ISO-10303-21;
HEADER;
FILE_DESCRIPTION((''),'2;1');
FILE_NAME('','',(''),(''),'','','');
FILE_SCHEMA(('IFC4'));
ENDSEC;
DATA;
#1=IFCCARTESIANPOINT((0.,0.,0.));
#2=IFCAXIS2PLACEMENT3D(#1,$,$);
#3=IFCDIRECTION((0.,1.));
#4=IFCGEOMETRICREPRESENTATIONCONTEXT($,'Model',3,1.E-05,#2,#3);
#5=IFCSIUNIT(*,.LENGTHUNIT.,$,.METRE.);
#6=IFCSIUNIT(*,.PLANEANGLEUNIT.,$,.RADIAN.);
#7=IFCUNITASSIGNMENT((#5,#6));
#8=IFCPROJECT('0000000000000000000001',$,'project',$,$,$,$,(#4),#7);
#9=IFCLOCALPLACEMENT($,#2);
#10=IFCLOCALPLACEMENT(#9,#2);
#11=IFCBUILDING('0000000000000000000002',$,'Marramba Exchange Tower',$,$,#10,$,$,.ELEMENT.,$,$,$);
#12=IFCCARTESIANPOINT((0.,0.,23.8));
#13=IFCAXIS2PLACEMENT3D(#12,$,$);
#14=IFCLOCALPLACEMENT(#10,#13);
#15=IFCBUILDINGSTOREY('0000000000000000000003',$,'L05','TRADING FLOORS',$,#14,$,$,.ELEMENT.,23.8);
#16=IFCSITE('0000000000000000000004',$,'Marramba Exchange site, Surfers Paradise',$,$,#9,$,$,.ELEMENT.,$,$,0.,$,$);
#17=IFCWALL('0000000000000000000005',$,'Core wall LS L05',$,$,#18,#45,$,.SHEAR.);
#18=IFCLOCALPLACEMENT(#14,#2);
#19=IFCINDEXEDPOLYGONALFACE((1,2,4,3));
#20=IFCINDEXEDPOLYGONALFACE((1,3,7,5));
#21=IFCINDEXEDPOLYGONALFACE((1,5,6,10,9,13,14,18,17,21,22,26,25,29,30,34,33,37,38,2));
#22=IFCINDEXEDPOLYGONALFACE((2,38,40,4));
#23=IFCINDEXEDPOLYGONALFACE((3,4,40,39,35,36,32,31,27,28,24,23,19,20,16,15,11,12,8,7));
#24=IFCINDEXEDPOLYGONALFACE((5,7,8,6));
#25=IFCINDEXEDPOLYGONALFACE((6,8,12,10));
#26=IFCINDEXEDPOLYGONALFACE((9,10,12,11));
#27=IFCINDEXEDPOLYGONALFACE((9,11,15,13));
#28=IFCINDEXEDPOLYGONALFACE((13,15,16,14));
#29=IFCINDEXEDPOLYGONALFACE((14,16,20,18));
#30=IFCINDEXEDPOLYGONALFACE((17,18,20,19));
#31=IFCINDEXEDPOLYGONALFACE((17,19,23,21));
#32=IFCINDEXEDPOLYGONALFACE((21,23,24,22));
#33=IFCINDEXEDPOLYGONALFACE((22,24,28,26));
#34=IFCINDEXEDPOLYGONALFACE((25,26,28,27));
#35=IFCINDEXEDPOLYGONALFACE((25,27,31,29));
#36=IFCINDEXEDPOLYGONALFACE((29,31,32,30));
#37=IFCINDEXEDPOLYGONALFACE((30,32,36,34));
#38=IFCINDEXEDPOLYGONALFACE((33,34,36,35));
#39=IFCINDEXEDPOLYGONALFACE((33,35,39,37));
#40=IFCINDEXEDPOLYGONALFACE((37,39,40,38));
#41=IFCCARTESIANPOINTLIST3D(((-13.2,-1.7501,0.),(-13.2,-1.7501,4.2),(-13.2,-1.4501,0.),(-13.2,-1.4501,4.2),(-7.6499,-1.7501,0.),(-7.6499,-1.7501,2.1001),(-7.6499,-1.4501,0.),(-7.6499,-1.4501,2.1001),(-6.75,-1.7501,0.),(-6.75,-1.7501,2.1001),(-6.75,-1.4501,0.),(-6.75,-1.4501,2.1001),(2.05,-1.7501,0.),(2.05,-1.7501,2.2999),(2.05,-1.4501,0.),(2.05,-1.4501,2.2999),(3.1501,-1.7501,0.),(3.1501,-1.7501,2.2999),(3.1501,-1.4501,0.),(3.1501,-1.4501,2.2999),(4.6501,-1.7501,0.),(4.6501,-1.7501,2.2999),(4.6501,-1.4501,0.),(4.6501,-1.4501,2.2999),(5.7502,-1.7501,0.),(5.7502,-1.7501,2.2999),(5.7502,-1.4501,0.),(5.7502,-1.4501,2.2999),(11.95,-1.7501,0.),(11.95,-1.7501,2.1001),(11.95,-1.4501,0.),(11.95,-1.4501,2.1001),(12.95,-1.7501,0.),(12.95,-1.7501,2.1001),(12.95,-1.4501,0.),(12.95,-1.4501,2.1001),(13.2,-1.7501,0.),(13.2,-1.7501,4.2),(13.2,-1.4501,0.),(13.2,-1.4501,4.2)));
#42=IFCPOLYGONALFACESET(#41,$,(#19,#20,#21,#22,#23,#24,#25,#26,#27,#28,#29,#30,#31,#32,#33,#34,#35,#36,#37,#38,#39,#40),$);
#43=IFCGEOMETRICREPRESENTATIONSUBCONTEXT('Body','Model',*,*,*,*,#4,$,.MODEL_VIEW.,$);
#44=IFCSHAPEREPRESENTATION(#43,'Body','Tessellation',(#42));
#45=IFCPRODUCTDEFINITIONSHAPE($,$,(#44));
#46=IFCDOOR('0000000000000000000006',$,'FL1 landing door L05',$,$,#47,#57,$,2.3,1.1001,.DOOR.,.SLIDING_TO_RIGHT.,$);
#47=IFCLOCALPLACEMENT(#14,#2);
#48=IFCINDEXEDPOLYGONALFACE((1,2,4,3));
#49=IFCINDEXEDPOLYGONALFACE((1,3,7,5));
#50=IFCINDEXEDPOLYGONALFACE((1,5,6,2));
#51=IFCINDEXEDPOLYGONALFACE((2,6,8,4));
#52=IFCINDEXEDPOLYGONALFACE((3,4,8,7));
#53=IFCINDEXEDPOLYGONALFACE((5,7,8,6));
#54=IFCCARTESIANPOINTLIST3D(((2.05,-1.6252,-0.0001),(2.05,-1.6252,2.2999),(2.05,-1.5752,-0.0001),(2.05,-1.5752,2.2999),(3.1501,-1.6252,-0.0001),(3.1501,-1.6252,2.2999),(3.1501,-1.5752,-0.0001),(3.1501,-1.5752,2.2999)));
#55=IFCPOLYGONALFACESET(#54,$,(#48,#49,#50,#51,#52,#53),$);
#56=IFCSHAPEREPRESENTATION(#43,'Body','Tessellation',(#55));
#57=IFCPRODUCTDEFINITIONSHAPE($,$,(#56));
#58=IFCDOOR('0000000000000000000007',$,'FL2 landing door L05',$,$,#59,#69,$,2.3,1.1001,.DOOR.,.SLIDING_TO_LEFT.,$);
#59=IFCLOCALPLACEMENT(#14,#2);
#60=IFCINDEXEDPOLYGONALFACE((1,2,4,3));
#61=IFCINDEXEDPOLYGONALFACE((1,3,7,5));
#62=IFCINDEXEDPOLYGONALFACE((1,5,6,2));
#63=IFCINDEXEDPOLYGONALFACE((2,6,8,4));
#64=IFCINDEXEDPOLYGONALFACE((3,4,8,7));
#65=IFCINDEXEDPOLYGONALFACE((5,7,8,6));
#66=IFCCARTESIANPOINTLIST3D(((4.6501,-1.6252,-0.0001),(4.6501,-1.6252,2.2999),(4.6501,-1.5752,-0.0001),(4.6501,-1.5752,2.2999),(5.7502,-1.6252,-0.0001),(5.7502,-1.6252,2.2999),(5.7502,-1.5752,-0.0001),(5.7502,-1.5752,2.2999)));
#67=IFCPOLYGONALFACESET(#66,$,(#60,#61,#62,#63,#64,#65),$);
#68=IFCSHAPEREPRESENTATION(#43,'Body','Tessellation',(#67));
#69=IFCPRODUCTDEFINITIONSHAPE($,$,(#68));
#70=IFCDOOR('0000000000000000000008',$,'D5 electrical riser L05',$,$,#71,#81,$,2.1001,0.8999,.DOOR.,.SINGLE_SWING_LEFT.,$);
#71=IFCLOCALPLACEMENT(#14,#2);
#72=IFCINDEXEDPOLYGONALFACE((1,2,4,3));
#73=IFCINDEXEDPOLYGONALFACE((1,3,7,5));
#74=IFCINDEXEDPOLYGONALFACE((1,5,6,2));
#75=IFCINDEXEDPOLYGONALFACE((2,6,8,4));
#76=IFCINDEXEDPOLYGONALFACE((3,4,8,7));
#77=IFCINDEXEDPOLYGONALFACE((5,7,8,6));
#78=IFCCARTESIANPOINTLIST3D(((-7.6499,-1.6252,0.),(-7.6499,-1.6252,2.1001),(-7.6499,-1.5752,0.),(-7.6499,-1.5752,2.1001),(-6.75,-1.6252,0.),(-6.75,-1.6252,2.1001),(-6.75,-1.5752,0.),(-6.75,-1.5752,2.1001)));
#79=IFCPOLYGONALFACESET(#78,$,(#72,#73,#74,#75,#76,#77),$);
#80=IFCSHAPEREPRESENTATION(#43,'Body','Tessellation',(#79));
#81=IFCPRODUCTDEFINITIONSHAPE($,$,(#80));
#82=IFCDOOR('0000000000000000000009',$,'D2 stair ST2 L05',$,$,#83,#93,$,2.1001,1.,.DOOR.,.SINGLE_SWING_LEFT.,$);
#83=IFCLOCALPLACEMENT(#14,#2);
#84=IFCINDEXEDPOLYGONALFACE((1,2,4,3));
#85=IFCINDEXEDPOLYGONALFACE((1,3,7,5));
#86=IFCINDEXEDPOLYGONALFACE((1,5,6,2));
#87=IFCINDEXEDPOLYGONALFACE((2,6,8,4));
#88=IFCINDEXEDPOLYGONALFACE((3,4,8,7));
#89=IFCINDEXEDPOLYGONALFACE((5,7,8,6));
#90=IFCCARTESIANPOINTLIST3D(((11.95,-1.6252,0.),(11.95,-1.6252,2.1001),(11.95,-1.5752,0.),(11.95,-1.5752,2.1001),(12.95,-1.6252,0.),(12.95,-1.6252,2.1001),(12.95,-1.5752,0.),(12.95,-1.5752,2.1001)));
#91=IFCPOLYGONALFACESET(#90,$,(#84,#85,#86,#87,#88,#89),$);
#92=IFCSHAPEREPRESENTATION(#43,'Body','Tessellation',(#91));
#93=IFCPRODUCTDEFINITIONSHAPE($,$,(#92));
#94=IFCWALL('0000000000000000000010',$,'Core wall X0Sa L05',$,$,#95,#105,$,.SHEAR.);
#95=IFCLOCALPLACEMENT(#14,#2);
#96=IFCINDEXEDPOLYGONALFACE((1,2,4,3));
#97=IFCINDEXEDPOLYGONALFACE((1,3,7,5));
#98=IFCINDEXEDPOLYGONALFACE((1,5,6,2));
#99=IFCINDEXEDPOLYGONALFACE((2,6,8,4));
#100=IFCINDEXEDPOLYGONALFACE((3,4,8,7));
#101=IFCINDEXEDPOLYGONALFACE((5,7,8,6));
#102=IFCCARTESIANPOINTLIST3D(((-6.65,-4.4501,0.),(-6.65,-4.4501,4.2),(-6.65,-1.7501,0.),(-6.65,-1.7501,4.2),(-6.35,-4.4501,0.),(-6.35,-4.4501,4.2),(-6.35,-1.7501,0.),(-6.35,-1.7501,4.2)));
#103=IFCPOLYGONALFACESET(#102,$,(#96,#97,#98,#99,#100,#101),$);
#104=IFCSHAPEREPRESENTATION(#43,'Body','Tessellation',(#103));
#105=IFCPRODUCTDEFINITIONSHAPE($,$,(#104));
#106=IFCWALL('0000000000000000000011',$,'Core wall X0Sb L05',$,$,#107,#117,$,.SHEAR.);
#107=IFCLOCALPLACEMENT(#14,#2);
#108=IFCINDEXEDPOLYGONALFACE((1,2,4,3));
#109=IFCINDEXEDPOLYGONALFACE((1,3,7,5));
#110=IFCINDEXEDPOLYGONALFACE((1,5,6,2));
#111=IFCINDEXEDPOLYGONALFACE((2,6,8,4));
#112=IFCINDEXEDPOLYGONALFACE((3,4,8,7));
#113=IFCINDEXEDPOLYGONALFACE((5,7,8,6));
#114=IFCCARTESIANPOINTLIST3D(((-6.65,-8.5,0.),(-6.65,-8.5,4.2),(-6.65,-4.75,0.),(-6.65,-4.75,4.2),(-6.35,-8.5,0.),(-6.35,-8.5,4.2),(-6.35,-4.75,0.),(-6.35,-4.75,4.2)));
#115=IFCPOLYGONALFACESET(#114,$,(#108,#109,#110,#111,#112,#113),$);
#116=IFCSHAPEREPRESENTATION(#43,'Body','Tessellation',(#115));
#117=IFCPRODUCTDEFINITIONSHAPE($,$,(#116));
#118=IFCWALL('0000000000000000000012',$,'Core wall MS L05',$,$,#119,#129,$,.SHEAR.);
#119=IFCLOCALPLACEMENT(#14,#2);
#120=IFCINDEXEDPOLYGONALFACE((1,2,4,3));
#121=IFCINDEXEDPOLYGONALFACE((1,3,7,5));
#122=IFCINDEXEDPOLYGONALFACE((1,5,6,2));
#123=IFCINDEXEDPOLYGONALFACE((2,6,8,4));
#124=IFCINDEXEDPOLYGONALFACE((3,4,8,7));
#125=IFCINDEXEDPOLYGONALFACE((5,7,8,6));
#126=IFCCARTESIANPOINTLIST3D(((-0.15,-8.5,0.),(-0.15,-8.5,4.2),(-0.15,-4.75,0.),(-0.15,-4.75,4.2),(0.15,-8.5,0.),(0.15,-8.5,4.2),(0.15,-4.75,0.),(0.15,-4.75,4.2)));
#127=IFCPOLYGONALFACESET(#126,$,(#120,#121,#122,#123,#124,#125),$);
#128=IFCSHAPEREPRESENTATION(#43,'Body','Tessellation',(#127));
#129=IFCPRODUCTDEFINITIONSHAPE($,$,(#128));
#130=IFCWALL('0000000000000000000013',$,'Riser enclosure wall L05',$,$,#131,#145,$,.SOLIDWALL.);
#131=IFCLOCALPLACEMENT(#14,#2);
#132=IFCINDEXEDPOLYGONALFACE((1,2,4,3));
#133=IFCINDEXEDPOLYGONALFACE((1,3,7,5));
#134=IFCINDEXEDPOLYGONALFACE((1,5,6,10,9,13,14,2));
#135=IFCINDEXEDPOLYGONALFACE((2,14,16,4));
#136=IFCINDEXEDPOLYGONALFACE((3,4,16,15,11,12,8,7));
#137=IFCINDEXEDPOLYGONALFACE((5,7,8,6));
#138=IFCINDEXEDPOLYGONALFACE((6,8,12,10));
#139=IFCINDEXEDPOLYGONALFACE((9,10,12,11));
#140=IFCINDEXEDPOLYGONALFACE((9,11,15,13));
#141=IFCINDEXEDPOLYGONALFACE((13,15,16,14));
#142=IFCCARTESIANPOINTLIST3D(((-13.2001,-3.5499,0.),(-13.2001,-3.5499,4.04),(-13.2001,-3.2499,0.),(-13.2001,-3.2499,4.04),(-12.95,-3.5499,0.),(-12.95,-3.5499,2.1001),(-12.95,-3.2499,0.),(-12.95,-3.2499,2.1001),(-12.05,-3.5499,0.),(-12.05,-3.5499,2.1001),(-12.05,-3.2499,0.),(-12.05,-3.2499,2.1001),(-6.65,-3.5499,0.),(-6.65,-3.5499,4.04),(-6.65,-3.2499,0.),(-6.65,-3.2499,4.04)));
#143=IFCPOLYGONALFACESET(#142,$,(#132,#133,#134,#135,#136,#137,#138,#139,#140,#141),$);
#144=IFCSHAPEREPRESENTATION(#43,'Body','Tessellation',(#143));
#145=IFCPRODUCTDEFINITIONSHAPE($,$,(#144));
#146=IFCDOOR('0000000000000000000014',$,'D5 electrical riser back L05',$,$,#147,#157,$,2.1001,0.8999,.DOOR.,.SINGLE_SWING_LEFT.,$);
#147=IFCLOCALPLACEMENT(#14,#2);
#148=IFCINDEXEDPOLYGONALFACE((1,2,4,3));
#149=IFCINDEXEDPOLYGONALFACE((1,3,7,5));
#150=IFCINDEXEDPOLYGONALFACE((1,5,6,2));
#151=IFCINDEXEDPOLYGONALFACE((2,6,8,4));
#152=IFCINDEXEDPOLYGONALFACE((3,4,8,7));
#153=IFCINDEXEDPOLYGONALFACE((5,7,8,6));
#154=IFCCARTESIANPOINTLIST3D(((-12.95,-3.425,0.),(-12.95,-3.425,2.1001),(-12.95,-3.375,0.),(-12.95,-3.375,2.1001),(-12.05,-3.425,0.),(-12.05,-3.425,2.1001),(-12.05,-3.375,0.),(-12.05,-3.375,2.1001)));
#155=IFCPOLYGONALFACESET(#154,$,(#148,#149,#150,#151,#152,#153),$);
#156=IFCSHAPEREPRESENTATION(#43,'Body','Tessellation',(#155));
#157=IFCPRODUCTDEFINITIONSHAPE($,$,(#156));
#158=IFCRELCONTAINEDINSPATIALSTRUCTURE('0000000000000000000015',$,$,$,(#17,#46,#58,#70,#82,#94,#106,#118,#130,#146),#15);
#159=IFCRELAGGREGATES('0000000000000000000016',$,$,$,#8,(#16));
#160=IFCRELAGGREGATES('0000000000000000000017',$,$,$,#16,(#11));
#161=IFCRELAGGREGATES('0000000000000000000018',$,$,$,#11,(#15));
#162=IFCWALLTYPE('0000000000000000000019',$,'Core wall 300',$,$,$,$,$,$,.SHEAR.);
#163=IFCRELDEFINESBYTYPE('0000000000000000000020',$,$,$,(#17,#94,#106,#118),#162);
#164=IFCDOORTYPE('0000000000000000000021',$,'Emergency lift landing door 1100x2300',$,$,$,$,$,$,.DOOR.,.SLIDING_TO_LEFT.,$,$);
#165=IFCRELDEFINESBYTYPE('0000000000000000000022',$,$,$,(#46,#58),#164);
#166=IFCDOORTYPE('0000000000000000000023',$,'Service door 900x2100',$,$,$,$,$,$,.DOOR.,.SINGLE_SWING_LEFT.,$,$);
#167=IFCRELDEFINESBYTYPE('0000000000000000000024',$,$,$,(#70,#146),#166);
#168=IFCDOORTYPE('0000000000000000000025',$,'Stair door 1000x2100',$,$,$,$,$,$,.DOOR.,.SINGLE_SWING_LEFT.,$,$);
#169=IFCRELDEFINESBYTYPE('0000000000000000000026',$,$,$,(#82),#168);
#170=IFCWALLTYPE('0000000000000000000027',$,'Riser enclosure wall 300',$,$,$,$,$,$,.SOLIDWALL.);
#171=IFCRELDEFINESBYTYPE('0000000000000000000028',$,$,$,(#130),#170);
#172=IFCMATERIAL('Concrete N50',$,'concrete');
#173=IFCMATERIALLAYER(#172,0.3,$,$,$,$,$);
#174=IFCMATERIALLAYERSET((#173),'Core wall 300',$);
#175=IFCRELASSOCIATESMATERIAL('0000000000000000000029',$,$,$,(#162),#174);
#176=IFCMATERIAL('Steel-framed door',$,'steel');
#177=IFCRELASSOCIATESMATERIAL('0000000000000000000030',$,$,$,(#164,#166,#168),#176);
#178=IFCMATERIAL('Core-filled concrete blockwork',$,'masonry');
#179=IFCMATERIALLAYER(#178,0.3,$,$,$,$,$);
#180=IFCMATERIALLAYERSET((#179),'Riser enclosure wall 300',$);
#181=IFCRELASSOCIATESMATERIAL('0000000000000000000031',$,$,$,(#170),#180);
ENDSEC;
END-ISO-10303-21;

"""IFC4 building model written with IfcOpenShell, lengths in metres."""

from ifc_helpers import new_model, si_unit, direction, frame, frame_2d, origin, place, context, subcontext, project, spatial, rectangle, extrude, material, layer, layer_set, type_object, element, fill, save


model = new_model("IFC4")

# Units and contexts
model_context = context("Model", 3, precision=1e-05, world=origin(), true_north=direction((0.0, 1.0)))
body_context = subcontext(model_context, "Body", "Model", "MODEL_VIEW")
ifc_project = project(units=[si_unit("LENGTHUNIT", "METRE"), si_unit("PLANEANGLEUNIT", "RADIAN")], contexts=[model_context])

# Site, building, storey
site_placement = place(None, origin())
site = spatial("IfcSite", under=ifc_project, at=site_placement, Name="Marramba Exchange site, Surfers Paradise", CompositionType="ELEMENT", RefElevation=0.0)
building_placement = place(site_placement, origin())
building = spatial("IfcBuilding", under=site, at=building_placement, Name="Marramba Exchange Tower", CompositionType="ELEMENT")
storey_placement = place(building_placement, frame((0.0, 0.0, 23.8)))
storey = spatial("IfcBuildingStorey", under=building, at=storey_placement, Name="L05", Description="TRADING FLOORS", CompositionType="ELEMENT", Elevation=23.8)

# Shared definitions
ifc_material_1 = material(Name="Concrete N50", Category="concrete")

# Wall, openings, doors
ifc_layer_1 = layer(ifc_material_1, 0.3)
ifc_layer_set_1 = layer_set([ifc_layer_1], Name="Core wall 300")
wall_type_1 = type_object("IfcWallType", Name="Core wall 300", PredefinedType="SHEAR", material=ifc_layer_set_1)
wall_1_placement = place(storey_placement, frame((-13.2, -1.6001, 0.0), z_axis=(0.0, 0.0, 1.0), x_axis=(1.0, 0.0, 0.0)))
wall_1 = element("IfcWall", 1, at=wall_1_placement, inside=storey, type_object=wall_type_1, Name="Core wall LS L05", PredefinedType="SHEAR", context=body_context, shape_type="SweptSolid", body=[
    extrude(rectangle(XDim=26.3999, YDim=0.3, at=frame_2d((13.2, 0.0))), origin(), (0.0, 0.0, 1.0), 4.2),
])
opening_1_placement = place(wall_1_placement, frame((25.1499, 0.0, 0.0)))
opening_1 = element("IfcOpeningElement", 2, at=opening_1_placement, cuts=wall_1, PredefinedType="OPENING", context=body_context, shape_type="SweptSolid", body=[
    extrude(rectangle(XDim=1.0, YDim=2.1001, at=frame_2d((0.5, 1.05))), frame((0.0, 0.1599, 0.0), z_axis=(0.0, -1.0, 0.0), x_axis=(1.0, 0.0, 0.0)), (0.0, 0.0, 1.0), 0.3201),
])
opening_2_placement = place(wall_1_placement, frame((15.25, 0.0, 0.0)))
opening_2 = element("IfcOpeningElement", 3, at=opening_2_placement, cuts=wall_1, PredefinedType="OPENING", context=body_context, shape_type="SweptSolid", body=[
    extrude(rectangle(XDim=1.1001, YDim=2.3, at=frame_2d((0.55, 1.1499))), frame((0.0, 0.1599, 0.0), z_axis=(0.0, -1.0, 0.0), x_axis=(1.0, 0.0, 0.0)), (0.0, 0.0, 1.0), 0.3201),
])
opening_3_placement = place(wall_1_placement, frame((17.8501, 0.0, 0.0)))
opening_3 = element("IfcOpeningElement", 4, at=opening_3_placement, cuts=wall_1, PredefinedType="OPENING", context=body_context, shape_type="SweptSolid", body=[
    extrude(rectangle(XDim=1.1001, YDim=2.3, at=frame_2d((0.55, 1.1499))), frame((0.0, 0.1599, 0.0), z_axis=(0.0, -1.0, 0.0), x_axis=(1.0, 0.0, 0.0)), (0.0, 0.0, 1.0), 0.3201),
])
opening_4_placement = place(wall_1_placement, frame((5.55, 0.0, 0.0)))
opening_4 = element("IfcOpeningElement", 5, at=opening_4_placement, cuts=wall_1, PredefinedType="OPENING", context=body_context, shape_type="SweptSolid", body=[
    extrude(rectangle(XDim=0.8999, YDim=2.1001, at=frame_2d((0.45, 1.05))), frame((0.0, 0.1599, 0.0), z_axis=(0.0, -1.0, 0.0), x_axis=(1.0, 0.0, 0.0)), (0.0, 0.0, 1.0), 0.3201),
])
ifc_material_2 = material(Name="Steel-framed door", Category="steel")
door_type_1 = type_object("IfcDoorType", Name="Emergency lift landing door 1100x2300", OperationType="SLIDING_TO_LEFT", PredefinedType="DOOR", material=ifc_material_2)
door_1_placement = place(opening_2_placement, frame((1.1001, 0.0, 0.0), z_axis=(0.0, 0.0, 1.0), x_axis=(-1.0, 0.0, 0.0)))
door_1 = element("IfcDoor", 6, at=door_1_placement, inside=storey, type_object=door_type_1, Name="FL1 landing door L05", OperationType="SLIDING_TO_RIGHT", OverallHeight=2.3, OverallWidth=1.1001, PredefinedType="DOOR", context=body_context, shape_type="SweptSolid", body=[
    extrude(rectangle(XDim=1.1001, YDim=2.3, at=frame_2d((0.55, 1.1499))), frame((0.0, 0.0251, 0.0), z_axis=(0.0, -1.0, 0.0), x_axis=(1.0, 0.0, 0.0)), (0.0, 0.0, 1.0), 0.05),
])
fill(opening_2, door_1)
door_2_placement = place(opening_3_placement, frame((1.1001, 0.0, 0.0), z_axis=(0.0, 0.0, 1.0), x_axis=(-1.0, 0.0, 0.0)))
door_2 = element("IfcDoor", 7, at=door_2_placement, inside=storey, type_object=door_type_1, Name="FL2 landing door L05", OperationType="SLIDING_TO_LEFT", OverallHeight=2.3, OverallWidth=1.1001, PredefinedType="DOOR", context=body_context, shape_type="SweptSolid", body=[
    extrude(rectangle(XDim=1.1001, YDim=2.3, at=frame_2d((0.55, 1.1499))), frame((0.0, 0.0251, 0.0), z_axis=(0.0, -1.0, 0.0), x_axis=(1.0, 0.0, 0.0)), (0.0, 0.0, 1.0), 0.05),
])
fill(opening_3, door_2)
door_type_2 = type_object("IfcDoorType", Name="Service door 900x2100", OperationType="SINGLE_SWING_LEFT", PredefinedType="DOOR", material=ifc_material_2)
door_3_placement = place(opening_4_placement, frame((0.8999, 0.0, 0.0), z_axis=(0.0, 0.0, 1.0), x_axis=(-1.0, 0.0, 0.0)))
door_3 = element("IfcDoor", 8, at=door_3_placement, inside=storey, type_object=door_type_2, Name="D5 electrical riser L05", OperationType="SINGLE_SWING_LEFT", OverallHeight=2.1001, OverallWidth=0.8999, PredefinedType="DOOR", context=body_context, shape_type="SweptSolid", body=[
    extrude(rectangle(XDim=0.8999, YDim=2.1001, at=frame_2d((0.45, 1.05))), frame((0.0, 0.0251, 0.0), z_axis=(0.0, -1.0, 0.0), x_axis=(1.0, 0.0, 0.0)), (0.0, 0.0, 1.0), 0.05),
])
fill(opening_4, door_3)
door_type_3 = type_object("IfcDoorType", Name="Stair door 1000x2100", OperationType="SINGLE_SWING_LEFT", PredefinedType="DOOR", material=ifc_material_2)
door_4_placement = place(opening_1_placement, frame((1.0, 0.0, 0.0), z_axis=(0.0, 0.0, 1.0), x_axis=(-1.0, 0.0, 0.0)))
door_4 = element("IfcDoor", 9, at=door_4_placement, inside=storey, type_object=door_type_3, Name="D2 stair ST2 L05", OperationType="SINGLE_SWING_LEFT", OverallHeight=2.1001, OverallWidth=1.0, PredefinedType="DOOR", context=body_context, shape_type="SweptSolid", body=[
    extrude(rectangle(XDim=1.0, YDim=2.1001, at=frame_2d((0.5, 1.05))), frame((0.0, 0.0251, 0.0), z_axis=(0.0, -1.0, 0.0), x_axis=(1.0, 0.0, 0.0)), (0.0, 0.0, 1.0), 0.05),
])
fill(opening_1, door_4)

# Walls
wall_2_placement = place(storey_placement, frame((-6.5, -1.75, 0.0), z_axis=(0.0, 0.0, 1.0), x_axis=(0.0, -1.0, 0.0)))
element("IfcWall", 10, at=wall_2_placement, inside=storey, type_object=wall_type_1, Name="Core wall X0Sa L05", PredefinedType="SHEAR", context=body_context, shape_type="SweptSolid", body=[
    extrude(rectangle(XDim=2.7, YDim=0.3, at=frame_2d((1.3501, 0.0))), origin(), (0.0, 0.0, 1.0), 4.2),
])
for number, where, z_axis, x_axis, name in (
    (11, (-6.5, -4.75, 0.0), (0.0, 0.0, 1.0), (0.0, -1.0, 0.0), "Core wall X0Sb L05"),
    (12, (0.0, -4.75, 0.0), (0.0, 0.0, 1.0), (0.0, -1.0, 0.0), "Core wall MS L05"),
):
    element("IfcWall", number, at=place(storey_placement, frame(where, z_axis=z_axis, x_axis=x_axis)), inside=storey, type_object=wall_type_1, Name=name, PredefinedType="SHEAR", context=body_context, shape_type="SweptSolid", body=[
        extrude(rectangle(XDim=3.75, YDim=0.3, at=frame_2d((1.875, 0.0))), origin(), (0.0, 0.0, 1.0), 4.2),
    ])

# Wall, opening, door
ifc_material_3 = material(Name="Core-filled concrete blockwork", Category="masonry")
ifc_layer_2 = layer(ifc_material_3, 0.3)
ifc_layer_set_2 = layer_set([ifc_layer_2], Name="Riser enclosure wall 300")
wall_type_2 = type_object("IfcWallType", Name="Riser enclosure wall 300", PredefinedType="SOLIDWALL", material=ifc_layer_set_2)
wall_3_placement = place(storey_placement, frame((-13.2, -3.3999, 0.0), z_axis=(0.0, 0.0, 1.0), x_axis=(1.0, 0.0, 0.0)))
wall_3 = element("IfcWall", 13, at=wall_3_placement, inside=storey, type_object=wall_type_2, Name="Riser enclosure wall L05", PredefinedType="SOLIDWALL", context=body_context, shape_type="SweptSolid", body=[
    extrude(rectangle(XDim=6.55, YDim=0.3, at=frame_2d((3.2749, 0.0))), origin(), (0.0, 0.0, 1.0), 4.04),
])
opening_5_placement = place(wall_3_placement, frame((0.25, 0.0, 0.0)))
opening_5 = element("IfcOpeningElement", 14, at=opening_5_placement, cuts=wall_3, PredefinedType="OPENING", context=body_context, shape_type="SweptSolid", body=[
    extrude(rectangle(XDim=0.8999, YDim=2.1001, at=frame_2d((0.45, 1.05))), frame((0.0, 0.1599, 0.0), z_axis=(0.0, -1.0, 0.0), x_axis=(1.0, 0.0, 0.0)), (0.0, 0.0, 1.0), 0.3201),
])
door_5_placement = place(opening_5_placement, origin())
door_5 = element("IfcDoor", 15, at=door_5_placement, inside=storey, type_object=door_type_2, Name="D5 electrical riser back L05", OperationType="SINGLE_SWING_LEFT", OverallHeight=2.1001, OverallWidth=0.8999, PredefinedType="DOOR", context=body_context, shape_type="SweptSolid", body=[
    extrude(rectangle(XDim=0.8999, YDim=2.1001, at=frame_2d((0.45, 1.05))), frame((0.0, 0.0249, 0.0), z_axis=(0.0, -1.0, 0.0), x_axis=(1.0, 0.0, 0.0)), (0.0, 0.0, 1.0), 0.05),
])
fill(opening_5, door_5)

save(model, "model.ifc")
